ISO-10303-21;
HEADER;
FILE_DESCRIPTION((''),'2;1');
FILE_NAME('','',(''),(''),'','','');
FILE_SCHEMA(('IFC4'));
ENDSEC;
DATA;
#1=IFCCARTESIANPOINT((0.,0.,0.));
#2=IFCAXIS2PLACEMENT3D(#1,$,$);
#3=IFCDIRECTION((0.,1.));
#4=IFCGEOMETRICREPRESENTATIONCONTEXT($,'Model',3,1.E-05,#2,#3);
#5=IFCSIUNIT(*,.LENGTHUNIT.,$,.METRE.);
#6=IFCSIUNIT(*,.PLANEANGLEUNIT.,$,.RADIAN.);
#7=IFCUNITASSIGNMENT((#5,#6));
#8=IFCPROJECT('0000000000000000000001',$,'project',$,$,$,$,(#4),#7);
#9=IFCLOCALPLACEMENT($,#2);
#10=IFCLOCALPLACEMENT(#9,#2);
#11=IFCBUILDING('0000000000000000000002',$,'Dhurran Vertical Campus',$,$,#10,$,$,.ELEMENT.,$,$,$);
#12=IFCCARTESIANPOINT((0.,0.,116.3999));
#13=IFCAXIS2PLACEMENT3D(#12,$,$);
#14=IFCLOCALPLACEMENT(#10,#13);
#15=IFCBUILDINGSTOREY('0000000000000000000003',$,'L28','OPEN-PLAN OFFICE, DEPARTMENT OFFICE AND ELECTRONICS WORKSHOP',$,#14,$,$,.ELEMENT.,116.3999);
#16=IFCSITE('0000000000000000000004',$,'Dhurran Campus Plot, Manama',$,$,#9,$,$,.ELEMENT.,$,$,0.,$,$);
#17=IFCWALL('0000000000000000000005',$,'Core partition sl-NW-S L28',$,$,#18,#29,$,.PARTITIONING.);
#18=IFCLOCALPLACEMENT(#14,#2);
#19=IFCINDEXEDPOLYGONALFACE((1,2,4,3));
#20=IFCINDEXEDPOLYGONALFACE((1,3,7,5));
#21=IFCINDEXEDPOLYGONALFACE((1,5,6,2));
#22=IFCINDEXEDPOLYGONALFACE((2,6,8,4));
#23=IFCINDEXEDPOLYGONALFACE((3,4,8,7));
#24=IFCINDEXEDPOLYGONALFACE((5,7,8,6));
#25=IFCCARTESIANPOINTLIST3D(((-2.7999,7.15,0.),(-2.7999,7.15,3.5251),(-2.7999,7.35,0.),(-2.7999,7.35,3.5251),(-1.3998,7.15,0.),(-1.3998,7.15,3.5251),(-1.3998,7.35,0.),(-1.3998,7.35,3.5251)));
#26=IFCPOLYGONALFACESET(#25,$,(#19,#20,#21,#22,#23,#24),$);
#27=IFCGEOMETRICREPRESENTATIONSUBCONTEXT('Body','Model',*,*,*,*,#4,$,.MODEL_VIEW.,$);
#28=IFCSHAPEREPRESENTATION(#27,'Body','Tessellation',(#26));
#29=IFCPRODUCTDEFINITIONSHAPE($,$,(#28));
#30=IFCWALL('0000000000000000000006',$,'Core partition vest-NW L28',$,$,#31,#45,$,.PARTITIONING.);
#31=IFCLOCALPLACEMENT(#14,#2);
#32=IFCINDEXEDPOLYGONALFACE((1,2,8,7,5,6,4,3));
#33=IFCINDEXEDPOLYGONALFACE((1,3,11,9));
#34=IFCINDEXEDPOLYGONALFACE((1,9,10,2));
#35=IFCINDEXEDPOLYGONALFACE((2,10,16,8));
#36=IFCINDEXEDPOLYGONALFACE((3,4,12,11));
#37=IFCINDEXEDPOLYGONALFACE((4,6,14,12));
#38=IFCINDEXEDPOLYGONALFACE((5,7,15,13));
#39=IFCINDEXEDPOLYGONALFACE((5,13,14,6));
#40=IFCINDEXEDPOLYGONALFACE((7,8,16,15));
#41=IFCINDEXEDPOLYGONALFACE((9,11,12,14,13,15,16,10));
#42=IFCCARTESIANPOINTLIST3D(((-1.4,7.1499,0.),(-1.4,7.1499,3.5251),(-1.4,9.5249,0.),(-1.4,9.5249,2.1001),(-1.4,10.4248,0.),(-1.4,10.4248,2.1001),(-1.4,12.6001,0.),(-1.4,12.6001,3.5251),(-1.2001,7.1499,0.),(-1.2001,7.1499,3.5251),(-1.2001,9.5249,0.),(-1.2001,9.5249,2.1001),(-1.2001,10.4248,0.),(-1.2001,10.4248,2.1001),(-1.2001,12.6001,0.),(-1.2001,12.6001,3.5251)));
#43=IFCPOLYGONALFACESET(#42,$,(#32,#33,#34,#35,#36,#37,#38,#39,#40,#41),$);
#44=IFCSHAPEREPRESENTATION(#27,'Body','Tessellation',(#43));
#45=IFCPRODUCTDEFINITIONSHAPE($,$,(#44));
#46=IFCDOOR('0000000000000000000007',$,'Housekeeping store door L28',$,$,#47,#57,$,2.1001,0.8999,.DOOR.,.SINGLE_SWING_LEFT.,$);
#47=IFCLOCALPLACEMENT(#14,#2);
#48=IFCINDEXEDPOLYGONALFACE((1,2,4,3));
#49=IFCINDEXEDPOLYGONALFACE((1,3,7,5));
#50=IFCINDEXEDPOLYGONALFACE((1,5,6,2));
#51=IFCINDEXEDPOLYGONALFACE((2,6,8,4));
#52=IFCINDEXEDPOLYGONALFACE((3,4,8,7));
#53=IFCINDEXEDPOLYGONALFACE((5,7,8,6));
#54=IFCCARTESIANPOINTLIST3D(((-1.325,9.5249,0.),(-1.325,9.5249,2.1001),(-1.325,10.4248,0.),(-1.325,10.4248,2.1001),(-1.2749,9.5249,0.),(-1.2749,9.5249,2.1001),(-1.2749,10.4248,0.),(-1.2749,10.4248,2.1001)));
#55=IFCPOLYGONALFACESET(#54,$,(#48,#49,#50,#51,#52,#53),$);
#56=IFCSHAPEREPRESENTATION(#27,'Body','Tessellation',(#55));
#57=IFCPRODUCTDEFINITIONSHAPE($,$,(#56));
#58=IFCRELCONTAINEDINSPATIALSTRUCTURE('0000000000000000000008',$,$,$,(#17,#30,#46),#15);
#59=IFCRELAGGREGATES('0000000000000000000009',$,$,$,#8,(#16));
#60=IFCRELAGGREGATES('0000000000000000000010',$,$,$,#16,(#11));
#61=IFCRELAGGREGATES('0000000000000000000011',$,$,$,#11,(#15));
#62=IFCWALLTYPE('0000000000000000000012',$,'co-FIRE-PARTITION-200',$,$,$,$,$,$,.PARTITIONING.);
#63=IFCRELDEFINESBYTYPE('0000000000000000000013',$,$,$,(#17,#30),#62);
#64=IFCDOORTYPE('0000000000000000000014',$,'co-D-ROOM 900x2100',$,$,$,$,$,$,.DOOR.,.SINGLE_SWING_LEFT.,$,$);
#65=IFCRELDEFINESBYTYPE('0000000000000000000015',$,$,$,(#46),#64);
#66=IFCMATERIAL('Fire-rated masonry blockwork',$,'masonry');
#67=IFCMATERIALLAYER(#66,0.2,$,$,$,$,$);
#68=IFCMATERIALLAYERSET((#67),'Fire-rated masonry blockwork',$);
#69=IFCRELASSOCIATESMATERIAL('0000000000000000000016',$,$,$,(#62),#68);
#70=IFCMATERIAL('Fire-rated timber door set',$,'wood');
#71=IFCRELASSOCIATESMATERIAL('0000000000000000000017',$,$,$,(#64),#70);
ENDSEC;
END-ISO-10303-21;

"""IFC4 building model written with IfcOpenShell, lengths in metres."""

from ifc_helpers import new_model, si_unit, direction, frame, frame_2d, origin, place, context, subcontext, project, spatial, rectangle, extrude, material, layer, layer_set, type_object, element, fill, save


model = new_model("IFC4")

# Units and contexts
model_context = context("Model", 3, precision=1e-05, world=origin(), true_north=direction((0.0, 1.0)))
body_context = subcontext(model_context, "Body", "Model", "MODEL_VIEW")
ifc_project = project(units=[si_unit("LENGTHUNIT", "METRE"), si_unit("PLANEANGLEUNIT", "RADIAN")], contexts=[model_context])

# Site, building, storey
site_placement = place(None, origin())
site = spatial("IfcSite", under=ifc_project, at=site_placement, Name="Dhurran Campus Plot, Manama", CompositionType="ELEMENT", RefElevation=0.0)
building_placement = place(site_placement, origin())
building = spatial("IfcBuilding", under=site, at=building_placement, Name="Dhurran Vertical Campus", CompositionType="ELEMENT")
storey_placement = place(building_placement, frame((0.0, 0.0, 116.3999)))
storey = spatial("IfcBuildingStorey", under=building, at=storey_placement, Name="L28", Description="OPEN-PLAN OFFICE, DEPARTMENT OFFICE AND ELECTRONICS WORKSHOP", CompositionType="ELEMENT", Elevation=116.3999)

# Wall
ifc_material_1 = material(Name="Fire-rated masonry blockwork", Category="masonry")
ifc_layer_1 = layer(ifc_material_1, 0.2)
ifc_layer_set_1 = layer_set([ifc_layer_1], Name="Fire-rated masonry blockwork")
wall_type_1 = type_object("IfcWallType", Name="co-FIRE-PARTITION-200", PredefinedType="PARTITIONING", material=ifc_layer_set_1)
wall_1_placement = place(storey_placement, frame((-2.8, 7.25, 0.0), z_axis=(0.0, 0.0, 1.0), x_axis=(1.0, 0.0, 0.0)))
element("IfcWall", 1, at=wall_1_placement, inside=storey, type_object=wall_type_1, Name="Core partition sl-NW-S L28", PredefinedType="PARTITIONING", context=body_context, shape_type="SweptSolid", body=[
    extrude(rectangle(XDim=1.4001, YDim=0.2, at=frame_2d((0.7002, 0.0))), origin(), (0.0, 0.0, 1.0), 3.5251),
])

# Wall, opening, door
wall_2_placement = place(storey_placement, frame((-1.3, 7.1499, 0.0), z_axis=(0.0, 0.0, 1.0), x_axis=(0.0, 1.0, 0.0)))
wall_2 = element("IfcWall", 2, at=wall_2_placement, inside=storey, type_object=wall_type_1, Name="Core partition vest-NW L28", PredefinedType="PARTITIONING", context=body_context, shape_type="SweptSolid", body=[
    extrude(rectangle(XDim=5.4502, YDim=0.2, at=frame_2d((2.7251, 0.0))), origin(), (0.0, 0.0, 1.0), 3.5251),
])
opening_1_placement = place(wall_2_placement, frame((2.375, 0.0, 0.0)))
opening_1 = element("IfcOpeningElement", 3, at=opening_1_placement, cuts=wall_2, PredefinedType="OPENING", context=body_context, shape_type="SweptSolid", body=[
    extrude(rectangle(XDim=0.8999, YDim=2.1001, at=frame_2d((0.45, 1.05))), frame((0.0, 0.1099, 0.0), z_axis=(0.0, -1.0, 0.0), x_axis=(1.0, 0.0, 0.0)), (0.0, 0.0, 1.0), 0.22),
])
ifc_material_2 = material(Name="Fire-rated timber door set", Category="wood")
door_type_1 = type_object("IfcDoorType", Name="co-D-ROOM 900x2100", OperationType="SINGLE_SWING_LEFT", PredefinedType="DOOR", material=ifc_material_2)
door_1_placement = place(opening_1_placement, origin())
door_1 = element("IfcDoor", 4, at=door_1_placement, inside=storey, type_object=door_type_1, Name="Housekeeping store door L28", OperationType="SINGLE_SWING_LEFT", OverallHeight=2.1001, OverallWidth=0.8999, PredefinedType="DOOR", context=body_context, shape_type="SweptSolid", body=[
    extrude(rectangle(XDim=0.8999, YDim=2.1001, at=frame_2d((0.45, 1.05))), frame((0.0, 0.0249, 0.0), z_axis=(0.0, -1.0, 0.0), x_axis=(1.0, 0.0, 0.0)), (0.0, 0.0, 1.0), 0.05),
])
fill(opening_1, door_1)

save(model, "model.ifc")
